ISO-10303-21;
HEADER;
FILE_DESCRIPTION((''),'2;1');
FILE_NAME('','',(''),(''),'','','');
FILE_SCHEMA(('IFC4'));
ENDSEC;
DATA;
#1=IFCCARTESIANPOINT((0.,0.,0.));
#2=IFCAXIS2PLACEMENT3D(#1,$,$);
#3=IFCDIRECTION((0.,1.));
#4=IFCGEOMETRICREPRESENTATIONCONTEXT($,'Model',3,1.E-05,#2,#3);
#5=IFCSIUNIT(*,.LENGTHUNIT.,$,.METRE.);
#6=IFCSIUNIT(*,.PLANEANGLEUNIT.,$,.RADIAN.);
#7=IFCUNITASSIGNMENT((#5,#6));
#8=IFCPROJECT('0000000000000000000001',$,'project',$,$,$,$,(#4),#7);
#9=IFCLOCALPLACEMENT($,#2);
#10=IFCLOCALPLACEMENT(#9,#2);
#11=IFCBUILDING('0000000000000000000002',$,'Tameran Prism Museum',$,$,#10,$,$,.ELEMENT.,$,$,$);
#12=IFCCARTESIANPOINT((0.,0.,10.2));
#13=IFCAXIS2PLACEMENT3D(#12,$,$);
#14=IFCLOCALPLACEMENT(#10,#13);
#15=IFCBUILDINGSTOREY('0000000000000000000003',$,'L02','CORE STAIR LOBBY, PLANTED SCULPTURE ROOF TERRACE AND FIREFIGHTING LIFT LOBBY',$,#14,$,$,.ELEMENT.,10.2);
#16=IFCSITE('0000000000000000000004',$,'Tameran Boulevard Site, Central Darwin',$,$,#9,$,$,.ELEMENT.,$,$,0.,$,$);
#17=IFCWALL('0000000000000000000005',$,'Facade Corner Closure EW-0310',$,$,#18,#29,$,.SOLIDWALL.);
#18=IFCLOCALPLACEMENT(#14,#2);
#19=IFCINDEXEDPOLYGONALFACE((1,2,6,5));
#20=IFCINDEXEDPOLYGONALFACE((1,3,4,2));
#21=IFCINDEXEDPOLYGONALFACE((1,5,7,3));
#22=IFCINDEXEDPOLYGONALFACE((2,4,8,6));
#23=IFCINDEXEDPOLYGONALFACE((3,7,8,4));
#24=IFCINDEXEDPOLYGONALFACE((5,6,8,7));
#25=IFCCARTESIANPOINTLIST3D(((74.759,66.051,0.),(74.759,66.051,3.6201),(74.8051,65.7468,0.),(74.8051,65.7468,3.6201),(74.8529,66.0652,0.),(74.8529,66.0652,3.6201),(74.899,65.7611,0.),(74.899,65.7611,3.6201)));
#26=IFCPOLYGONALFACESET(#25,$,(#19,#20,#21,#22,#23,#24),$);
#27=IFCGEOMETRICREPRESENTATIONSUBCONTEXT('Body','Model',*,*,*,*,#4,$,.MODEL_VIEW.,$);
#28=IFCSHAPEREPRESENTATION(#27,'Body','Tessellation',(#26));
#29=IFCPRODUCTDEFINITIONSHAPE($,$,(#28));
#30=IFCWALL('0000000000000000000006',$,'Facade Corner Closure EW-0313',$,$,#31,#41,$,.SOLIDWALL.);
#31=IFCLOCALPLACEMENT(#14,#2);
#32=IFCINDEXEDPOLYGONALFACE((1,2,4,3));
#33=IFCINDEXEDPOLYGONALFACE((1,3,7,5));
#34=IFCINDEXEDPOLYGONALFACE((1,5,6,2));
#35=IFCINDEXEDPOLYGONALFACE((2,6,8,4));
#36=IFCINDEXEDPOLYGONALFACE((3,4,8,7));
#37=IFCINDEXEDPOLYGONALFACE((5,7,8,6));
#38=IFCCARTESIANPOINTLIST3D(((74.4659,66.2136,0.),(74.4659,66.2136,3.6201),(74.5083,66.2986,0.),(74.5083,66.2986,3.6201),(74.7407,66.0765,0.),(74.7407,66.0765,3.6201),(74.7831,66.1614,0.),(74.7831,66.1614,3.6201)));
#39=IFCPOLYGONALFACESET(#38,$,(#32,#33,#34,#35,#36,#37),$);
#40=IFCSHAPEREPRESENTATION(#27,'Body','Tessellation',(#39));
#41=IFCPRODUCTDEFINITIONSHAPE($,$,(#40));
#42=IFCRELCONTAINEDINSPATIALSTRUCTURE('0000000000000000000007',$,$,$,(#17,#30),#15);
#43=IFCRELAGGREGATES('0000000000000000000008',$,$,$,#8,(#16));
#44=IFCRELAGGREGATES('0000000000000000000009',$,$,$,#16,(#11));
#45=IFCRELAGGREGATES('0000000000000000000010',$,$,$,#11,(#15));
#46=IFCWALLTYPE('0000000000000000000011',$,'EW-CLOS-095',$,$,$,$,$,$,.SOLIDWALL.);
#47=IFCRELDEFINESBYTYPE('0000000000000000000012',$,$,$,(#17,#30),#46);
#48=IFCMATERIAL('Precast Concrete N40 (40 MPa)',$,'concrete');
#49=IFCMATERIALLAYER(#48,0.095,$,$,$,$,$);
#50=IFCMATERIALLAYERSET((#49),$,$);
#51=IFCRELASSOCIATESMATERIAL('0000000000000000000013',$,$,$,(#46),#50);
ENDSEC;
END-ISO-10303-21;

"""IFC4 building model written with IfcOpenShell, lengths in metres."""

from ifc_helpers import new_model, si_unit, direction, frame, frame_2d, origin, place, context, subcontext, project, spatial, rectangle, extrude, material, layer, layer_set, type_object, element, save


model = new_model("IFC4")

# Units and contexts
model_context = context("Model", 3, precision=1e-05, world=origin(), true_north=direction((0.0, 1.0)))
body_context = subcontext(model_context, "Body", "Model", "MODEL_VIEW")
ifc_project = project(units=[si_unit("LENGTHUNIT", "METRE"), si_unit("PLANEANGLEUNIT", "RADIAN")], contexts=[model_context])

# Site, building, storey
site_placement = place(None, origin())
site = spatial("IfcSite", under=ifc_project, at=site_placement, Name="Tameran Boulevard Site, Central Darwin", CompositionType="ELEMENT", RefElevation=0.0)
building_placement = place(site_placement, origin())
building = spatial("IfcBuilding", under=site, at=building_placement, Name="Tameran Prism Museum", CompositionType="ELEMENT")
storey_placement = place(building_placement, frame((0.0, 0.0, 10.2)))
storey = spatial("IfcBuildingStorey", under=building, at=storey_placement, Name="L02", Description="CORE STAIR LOBBY, PLANTED SCULPTURE ROOF TERRACE AND FIREFIGHTING LIFT LOBBY", CompositionType="ELEMENT", Elevation=10.2)

# Walls
ifc_material_1 = material(Name="Precast Concrete N40 (40 MPa)", Category="concrete")
ifc_layer_1 = layer(ifc_material_1, 0.095)
ifc_layer_set_1 = layer_set([ifc_layer_1])
wall_type = type_object("IfcWallType", Name="EW-CLOS-095", PredefinedType="SOLIDWALL", material=ifc_layer_set_1)
wall_1_placement = place(storey_placement, frame((74.8059, 66.0581, 0.0), z_axis=(0.0, 0.0, 1.0), x_axis=(0.14997, -0.988691, 0.0)))
element("IfcWall", 1, at=wall_1_placement, inside=storey, type_object=wall_type, Name="Facade Corner Closure EW-0310", PredefinedType="SOLIDWALL", context=body_context, shape_type="SweptSolid", body=[
    extrude(rectangle(XDim=0.3076, YDim=0.095, at=frame_2d((0.1538, 0.0))), origin(), (0.0, 0.0, 1.0), 3.6201),
])
wall_2_placement = place(storey_placement, frame((74.4871, 66.2561, 0.0), z_axis=(0.0, 0.0, 1.0), x_axis=(0.894745, -0.446578, 0.0)))
element("IfcWall", 2, at=wall_2_placement, inside=storey, type_object=wall_type, Name="Facade Corner Closure EW-0313", PredefinedType="SOLIDWALL", context=body_context, shape_type="SweptSolid", body=[
    extrude(rectangle(XDim=0.3071, YDim=0.095, at=frame_2d((0.1536, 0.0))), origin(), (0.0, 0.0, 1.0), 3.6201),
])

save(model, "model.ifc")
